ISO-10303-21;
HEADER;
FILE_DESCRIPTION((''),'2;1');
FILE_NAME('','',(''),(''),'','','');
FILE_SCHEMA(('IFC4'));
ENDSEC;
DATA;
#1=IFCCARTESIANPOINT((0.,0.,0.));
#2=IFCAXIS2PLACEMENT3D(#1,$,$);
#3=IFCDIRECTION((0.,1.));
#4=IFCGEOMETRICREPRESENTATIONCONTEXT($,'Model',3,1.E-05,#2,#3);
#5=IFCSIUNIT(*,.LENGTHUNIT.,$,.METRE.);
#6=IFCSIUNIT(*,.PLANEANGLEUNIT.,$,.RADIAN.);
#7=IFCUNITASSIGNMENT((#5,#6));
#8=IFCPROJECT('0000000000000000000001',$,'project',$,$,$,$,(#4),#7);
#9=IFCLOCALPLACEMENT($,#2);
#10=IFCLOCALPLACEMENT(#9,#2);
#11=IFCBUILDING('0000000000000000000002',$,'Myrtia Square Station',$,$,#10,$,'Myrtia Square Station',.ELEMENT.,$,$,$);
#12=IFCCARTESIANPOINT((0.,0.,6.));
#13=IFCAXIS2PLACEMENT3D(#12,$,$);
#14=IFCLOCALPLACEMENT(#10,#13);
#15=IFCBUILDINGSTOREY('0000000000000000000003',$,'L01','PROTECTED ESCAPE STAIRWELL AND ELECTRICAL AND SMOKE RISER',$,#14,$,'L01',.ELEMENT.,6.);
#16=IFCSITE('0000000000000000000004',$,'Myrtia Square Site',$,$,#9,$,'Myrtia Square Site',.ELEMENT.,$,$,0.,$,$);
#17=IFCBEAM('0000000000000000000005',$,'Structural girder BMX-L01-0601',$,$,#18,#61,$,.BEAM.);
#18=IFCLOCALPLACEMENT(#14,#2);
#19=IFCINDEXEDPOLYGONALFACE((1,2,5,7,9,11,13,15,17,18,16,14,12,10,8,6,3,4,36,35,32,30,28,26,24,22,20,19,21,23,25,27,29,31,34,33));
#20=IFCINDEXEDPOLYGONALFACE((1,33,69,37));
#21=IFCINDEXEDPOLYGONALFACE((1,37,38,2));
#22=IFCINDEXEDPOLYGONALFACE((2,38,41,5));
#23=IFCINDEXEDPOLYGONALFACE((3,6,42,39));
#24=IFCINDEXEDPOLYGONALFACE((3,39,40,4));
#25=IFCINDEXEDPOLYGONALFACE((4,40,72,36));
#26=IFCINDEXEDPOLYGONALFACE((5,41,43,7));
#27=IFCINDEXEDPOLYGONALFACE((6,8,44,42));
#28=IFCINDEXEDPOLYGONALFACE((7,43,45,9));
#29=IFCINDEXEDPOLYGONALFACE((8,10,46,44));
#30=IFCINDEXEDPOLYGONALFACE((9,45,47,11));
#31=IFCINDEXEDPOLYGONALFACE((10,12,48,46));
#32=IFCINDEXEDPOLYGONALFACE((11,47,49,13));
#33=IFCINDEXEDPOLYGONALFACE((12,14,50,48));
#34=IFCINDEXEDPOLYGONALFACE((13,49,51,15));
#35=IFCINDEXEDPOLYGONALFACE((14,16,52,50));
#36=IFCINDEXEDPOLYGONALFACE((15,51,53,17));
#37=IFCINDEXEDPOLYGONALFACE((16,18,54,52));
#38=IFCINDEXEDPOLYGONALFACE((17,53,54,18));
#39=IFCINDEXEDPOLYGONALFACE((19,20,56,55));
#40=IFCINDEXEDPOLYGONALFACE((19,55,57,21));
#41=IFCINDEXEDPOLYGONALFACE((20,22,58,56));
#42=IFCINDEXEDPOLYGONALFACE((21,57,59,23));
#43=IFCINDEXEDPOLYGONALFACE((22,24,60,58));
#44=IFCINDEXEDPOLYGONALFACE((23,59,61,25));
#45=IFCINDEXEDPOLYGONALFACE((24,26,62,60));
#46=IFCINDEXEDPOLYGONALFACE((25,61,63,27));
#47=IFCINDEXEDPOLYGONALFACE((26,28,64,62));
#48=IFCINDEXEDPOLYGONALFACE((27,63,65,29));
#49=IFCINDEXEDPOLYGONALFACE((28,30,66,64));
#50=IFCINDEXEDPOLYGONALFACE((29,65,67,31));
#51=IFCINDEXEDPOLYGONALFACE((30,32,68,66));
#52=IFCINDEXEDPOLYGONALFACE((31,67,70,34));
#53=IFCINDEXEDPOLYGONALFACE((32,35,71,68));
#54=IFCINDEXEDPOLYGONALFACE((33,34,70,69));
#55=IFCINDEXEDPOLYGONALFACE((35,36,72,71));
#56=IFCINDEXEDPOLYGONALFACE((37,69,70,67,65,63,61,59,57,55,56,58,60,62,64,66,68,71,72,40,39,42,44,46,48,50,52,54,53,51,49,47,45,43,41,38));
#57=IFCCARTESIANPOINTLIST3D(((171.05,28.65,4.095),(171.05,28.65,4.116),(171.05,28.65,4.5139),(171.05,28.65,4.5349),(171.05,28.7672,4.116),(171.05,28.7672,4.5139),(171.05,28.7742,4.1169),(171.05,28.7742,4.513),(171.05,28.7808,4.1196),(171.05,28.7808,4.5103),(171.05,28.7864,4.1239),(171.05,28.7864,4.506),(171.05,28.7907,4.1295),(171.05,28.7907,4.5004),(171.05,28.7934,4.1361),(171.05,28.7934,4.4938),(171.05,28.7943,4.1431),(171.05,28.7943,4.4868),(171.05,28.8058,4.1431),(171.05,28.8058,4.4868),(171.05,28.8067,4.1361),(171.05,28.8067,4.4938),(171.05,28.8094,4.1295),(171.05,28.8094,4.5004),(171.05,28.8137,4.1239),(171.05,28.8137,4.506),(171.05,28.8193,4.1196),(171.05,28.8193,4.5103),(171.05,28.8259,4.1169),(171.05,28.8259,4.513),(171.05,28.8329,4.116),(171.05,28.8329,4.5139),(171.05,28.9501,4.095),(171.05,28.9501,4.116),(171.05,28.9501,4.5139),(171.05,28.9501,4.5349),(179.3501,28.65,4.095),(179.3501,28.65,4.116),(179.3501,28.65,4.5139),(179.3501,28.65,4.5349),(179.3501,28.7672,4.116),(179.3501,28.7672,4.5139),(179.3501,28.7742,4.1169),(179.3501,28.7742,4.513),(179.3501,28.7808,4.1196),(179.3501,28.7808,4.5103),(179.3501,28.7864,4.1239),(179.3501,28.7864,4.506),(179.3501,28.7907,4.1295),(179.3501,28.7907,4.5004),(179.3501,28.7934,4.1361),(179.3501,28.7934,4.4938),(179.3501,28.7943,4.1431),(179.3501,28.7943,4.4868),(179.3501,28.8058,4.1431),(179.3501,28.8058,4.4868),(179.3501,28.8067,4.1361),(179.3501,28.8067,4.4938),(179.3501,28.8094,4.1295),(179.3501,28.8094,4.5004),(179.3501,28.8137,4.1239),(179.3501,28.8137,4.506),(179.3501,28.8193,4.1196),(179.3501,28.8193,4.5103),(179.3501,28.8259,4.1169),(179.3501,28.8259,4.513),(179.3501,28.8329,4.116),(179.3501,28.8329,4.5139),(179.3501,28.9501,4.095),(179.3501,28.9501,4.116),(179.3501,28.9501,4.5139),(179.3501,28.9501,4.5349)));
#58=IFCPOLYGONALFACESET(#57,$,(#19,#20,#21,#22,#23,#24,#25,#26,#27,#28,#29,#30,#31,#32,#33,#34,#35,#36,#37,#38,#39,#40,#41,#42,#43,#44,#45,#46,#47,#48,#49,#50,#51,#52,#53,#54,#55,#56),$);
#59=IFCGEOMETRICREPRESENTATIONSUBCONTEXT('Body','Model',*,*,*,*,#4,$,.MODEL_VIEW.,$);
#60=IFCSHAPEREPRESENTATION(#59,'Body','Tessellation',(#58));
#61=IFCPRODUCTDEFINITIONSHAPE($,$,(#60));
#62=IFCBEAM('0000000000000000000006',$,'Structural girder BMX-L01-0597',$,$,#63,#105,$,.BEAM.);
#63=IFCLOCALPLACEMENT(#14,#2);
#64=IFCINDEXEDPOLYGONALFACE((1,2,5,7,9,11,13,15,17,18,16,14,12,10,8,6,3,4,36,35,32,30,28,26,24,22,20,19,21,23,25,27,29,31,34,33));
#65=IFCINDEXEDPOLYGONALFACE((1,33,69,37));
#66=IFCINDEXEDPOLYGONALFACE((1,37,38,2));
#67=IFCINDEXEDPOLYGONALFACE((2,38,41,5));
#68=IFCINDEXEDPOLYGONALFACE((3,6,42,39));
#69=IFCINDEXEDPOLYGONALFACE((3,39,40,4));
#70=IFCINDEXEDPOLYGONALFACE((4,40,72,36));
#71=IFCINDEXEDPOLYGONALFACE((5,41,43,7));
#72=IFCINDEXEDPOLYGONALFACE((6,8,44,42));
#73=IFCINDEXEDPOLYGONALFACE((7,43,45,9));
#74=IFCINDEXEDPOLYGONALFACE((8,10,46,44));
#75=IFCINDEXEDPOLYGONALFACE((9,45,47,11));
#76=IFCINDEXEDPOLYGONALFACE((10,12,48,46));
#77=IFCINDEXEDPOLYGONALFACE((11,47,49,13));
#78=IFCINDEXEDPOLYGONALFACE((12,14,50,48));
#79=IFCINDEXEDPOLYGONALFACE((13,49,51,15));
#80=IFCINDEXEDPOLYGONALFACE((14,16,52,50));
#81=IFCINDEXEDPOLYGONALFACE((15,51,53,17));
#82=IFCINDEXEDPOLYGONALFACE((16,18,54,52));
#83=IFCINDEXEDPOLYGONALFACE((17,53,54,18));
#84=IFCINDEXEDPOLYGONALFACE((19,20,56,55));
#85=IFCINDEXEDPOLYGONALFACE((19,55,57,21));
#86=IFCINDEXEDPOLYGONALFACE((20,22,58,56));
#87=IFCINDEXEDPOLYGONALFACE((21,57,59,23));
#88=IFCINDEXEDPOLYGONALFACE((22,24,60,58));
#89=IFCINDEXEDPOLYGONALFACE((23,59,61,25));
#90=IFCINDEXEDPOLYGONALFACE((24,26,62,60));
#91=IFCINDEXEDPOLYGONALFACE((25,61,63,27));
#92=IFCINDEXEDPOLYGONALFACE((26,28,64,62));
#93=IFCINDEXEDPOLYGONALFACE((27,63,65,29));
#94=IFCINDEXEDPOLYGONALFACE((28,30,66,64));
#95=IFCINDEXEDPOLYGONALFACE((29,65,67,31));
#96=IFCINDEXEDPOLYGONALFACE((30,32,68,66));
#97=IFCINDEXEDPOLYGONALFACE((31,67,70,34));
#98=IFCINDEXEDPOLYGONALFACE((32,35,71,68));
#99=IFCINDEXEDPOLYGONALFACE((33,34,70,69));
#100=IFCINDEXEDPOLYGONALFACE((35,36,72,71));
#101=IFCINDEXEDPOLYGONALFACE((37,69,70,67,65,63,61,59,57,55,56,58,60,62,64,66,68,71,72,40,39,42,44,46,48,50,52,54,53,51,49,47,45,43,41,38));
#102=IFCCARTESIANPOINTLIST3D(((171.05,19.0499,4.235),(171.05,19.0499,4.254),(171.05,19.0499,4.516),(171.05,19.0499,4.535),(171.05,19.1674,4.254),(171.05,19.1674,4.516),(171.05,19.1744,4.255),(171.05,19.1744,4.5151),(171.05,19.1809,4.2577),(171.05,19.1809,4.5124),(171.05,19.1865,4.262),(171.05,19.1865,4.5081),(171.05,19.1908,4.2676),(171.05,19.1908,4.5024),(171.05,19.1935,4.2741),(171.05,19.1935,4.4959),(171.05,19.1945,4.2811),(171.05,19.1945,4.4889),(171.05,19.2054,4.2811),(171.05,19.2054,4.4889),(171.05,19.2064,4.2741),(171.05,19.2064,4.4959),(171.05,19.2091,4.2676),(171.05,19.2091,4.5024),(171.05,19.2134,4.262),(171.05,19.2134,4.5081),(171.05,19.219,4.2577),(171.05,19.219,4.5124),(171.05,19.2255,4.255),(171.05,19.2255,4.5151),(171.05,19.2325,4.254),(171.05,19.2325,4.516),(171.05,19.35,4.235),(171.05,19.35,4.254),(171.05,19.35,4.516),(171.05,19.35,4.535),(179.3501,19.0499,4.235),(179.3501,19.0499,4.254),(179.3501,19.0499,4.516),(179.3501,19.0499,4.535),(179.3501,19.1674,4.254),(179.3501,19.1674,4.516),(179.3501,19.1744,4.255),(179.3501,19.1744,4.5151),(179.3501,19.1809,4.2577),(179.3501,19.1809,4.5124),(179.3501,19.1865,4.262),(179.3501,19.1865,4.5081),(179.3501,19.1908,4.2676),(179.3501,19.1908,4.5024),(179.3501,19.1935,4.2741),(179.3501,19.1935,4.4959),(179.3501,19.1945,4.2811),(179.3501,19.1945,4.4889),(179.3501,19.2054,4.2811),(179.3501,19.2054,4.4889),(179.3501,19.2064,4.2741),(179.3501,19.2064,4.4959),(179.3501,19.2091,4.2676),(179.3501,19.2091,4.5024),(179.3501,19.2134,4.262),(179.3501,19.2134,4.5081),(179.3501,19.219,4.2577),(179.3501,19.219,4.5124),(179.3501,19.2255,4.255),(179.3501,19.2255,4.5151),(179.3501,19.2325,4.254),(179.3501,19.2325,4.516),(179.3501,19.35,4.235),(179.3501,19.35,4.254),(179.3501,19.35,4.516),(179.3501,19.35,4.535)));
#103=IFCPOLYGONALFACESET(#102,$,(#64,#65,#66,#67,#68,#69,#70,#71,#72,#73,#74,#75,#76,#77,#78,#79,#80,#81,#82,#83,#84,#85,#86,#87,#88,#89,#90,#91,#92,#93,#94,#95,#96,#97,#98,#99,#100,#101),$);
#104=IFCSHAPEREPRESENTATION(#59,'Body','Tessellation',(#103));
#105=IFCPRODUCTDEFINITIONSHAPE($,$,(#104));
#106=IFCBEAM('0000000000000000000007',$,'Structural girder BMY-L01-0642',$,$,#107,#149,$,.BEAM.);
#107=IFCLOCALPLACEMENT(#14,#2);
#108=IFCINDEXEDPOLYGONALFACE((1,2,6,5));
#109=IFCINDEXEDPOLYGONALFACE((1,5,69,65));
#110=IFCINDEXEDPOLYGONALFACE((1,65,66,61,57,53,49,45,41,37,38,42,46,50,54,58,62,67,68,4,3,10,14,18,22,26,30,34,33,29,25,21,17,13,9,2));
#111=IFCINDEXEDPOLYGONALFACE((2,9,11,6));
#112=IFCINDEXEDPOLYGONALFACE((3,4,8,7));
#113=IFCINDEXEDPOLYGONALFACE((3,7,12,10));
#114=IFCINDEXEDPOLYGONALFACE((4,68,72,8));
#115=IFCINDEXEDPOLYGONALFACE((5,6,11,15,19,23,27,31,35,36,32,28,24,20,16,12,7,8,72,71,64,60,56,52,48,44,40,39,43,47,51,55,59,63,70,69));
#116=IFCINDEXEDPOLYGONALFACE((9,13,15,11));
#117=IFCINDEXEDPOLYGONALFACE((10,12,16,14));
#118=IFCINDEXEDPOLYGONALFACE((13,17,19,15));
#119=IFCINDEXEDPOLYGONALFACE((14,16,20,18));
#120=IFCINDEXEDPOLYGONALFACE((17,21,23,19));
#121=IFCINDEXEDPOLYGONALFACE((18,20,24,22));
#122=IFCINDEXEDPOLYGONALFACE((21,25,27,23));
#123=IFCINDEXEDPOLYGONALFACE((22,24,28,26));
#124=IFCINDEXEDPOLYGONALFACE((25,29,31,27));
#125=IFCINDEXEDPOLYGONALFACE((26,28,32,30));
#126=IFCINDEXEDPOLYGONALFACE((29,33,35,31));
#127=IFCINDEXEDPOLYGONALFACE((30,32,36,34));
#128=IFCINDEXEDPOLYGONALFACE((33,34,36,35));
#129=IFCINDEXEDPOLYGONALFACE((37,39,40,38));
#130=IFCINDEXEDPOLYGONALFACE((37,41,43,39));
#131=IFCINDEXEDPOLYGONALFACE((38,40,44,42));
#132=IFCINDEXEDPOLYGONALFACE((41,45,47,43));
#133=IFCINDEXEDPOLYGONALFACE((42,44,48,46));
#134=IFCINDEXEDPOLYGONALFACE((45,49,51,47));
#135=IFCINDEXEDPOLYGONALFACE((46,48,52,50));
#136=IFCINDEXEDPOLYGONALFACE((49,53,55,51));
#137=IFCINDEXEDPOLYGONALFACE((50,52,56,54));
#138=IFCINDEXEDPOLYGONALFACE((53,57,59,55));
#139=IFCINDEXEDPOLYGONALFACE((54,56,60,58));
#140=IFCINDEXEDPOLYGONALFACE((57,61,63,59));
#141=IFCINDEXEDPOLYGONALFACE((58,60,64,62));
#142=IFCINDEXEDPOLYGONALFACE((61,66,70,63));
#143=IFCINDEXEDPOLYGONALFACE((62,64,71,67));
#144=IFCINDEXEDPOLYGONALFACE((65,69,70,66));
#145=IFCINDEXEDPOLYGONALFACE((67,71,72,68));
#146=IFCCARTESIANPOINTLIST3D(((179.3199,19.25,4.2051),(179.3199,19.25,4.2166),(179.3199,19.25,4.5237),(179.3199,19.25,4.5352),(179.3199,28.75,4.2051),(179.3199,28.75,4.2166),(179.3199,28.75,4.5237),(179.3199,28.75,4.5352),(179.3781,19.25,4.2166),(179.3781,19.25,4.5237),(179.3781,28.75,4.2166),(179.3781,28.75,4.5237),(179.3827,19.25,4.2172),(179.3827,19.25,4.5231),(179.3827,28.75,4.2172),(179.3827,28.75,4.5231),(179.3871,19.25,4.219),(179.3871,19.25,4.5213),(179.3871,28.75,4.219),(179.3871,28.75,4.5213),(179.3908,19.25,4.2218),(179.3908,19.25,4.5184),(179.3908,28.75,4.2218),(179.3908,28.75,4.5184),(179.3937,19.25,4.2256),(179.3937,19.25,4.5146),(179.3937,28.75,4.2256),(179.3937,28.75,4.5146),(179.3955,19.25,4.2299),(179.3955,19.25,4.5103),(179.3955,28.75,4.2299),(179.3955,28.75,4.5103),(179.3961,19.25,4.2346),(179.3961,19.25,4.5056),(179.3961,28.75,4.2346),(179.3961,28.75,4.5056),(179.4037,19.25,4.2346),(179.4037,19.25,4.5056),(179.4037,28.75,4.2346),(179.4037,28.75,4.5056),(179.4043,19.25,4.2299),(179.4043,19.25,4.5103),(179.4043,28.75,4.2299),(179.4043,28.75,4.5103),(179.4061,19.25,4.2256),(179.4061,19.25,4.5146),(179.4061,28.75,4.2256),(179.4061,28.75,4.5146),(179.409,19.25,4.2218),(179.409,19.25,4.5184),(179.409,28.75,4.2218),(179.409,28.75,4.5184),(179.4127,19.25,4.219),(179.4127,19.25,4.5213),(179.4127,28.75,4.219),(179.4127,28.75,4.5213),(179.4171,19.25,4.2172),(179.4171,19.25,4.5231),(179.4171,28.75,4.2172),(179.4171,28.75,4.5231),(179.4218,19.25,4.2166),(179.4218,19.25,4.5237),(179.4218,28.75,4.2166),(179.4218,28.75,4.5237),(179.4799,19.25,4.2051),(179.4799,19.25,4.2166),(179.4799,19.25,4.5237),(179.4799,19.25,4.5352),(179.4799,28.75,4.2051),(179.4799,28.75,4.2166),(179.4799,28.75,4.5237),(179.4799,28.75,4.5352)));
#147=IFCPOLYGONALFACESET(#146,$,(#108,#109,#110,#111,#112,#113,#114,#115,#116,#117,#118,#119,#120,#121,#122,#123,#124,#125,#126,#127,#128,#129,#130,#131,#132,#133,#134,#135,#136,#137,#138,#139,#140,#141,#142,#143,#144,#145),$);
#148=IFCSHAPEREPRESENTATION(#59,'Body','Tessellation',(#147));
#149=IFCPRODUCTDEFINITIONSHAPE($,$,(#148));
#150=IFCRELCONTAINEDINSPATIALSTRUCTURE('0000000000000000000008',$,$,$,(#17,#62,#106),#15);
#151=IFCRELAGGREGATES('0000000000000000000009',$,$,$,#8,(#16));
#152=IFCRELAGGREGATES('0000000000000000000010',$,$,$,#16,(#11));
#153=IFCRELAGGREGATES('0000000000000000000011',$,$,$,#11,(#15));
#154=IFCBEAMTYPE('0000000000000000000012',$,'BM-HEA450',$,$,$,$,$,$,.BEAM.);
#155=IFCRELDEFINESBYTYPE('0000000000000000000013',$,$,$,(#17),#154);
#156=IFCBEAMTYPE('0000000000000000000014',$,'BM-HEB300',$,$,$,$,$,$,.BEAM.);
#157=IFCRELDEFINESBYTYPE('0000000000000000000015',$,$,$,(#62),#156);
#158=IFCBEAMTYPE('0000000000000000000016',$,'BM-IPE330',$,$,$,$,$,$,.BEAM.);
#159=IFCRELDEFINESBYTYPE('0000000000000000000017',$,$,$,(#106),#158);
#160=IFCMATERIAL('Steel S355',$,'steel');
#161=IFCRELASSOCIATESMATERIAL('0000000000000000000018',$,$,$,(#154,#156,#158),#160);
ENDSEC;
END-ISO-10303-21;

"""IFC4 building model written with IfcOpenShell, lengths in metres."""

from ifc_helpers import new_model, si_unit, direction, frame, origin, origin_2d, place, context, subcontext, project, spatial, i_section, extrude, material, material_profile, profile_set, type_object, element, save


model = new_model("IFC4")

# Units and contexts
model_context = context("Model", 3, precision=1e-05, world=origin(), true_north=direction((0.0, 1.0)))
body_context = subcontext(model_context, "Body", "Model", "MODEL_VIEW")
ifc_project = project(units=[si_unit("LENGTHUNIT", "METRE"), si_unit("PLANEANGLEUNIT", "RADIAN")], contexts=[model_context])

# Site, building, storey
site_placement = place(None, origin())
site = spatial("IfcSite", under=ifc_project, at=site_placement, Name="Myrtia Square Site", LongName="Myrtia Square Site", CompositionType="ELEMENT", RefElevation=0.0)
building_placement = place(site_placement, origin())
building = spatial("IfcBuilding", under=site, at=building_placement, Name="Myrtia Square Station", LongName="Myrtia Square Station", CompositionType="ELEMENT")
storey_placement = place(building_placement, frame((0.0, 0.0, 6.0)))
storey = spatial("IfcBuildingStorey", under=building, at=storey_placement, Name="L01", Description="PROTECTED ESCAPE STAIRWELL AND ELECTRICAL AND SMOKE RISER", LongName="L01", CompositionType="ELEMENT", Elevation=6.0)

# Shared definitions
ifc_material_1 = material(Name="Steel S355", Category="steel")

# Beams
ifc_material_profile_1 = material_profile(ifc_material_1, i_section(OverallWidth=0.3, OverallDepth=0.4399, WebThickness=0.0115, FlangeThickness=0.021, FilletRadius=0.0271, at=origin_2d()), Name="HEA 450")
ifc_profile_set_1 = profile_set([ifc_material_profile_1], Name="Steel S355")
beam_type_1 = type_object("IfcBeamType", Name="BM-HEA450", PredefinedType="BEAM", material=ifc_profile_set_1)
beam_1_placement = place(storey_placement, frame((171.05, 28.8, 4.3149), z_axis=(1.0, 0.0, 0.0), x_axis=(0.0, 1.0, 0.0)))
element("IfcBeam", 1, at=beam_1_placement, inside=storey, type_object=beam_type_1, Name="Structural girder BMX-L01-0601", PredefinedType="BEAM", context=body_context, shape_type="SweptSolid", body=[
    extrude(i_section(OverallWidth=0.3, OverallDepth=0.4399, WebThickness=0.0115, FlangeThickness=0.021, FilletRadius=0.0271, at=origin_2d()), origin(), (0.0, 0.0, 1.0), 8.3),
])
ifc_material_profile_2 = material_profile(ifc_material_1, i_section(OverallWidth=0.3, OverallDepth=0.3, WebThickness=0.011, FlangeThickness=0.019, FilletRadius=0.0271, at=origin_2d()), Name="HEB 300")
ifc_profile_set_2 = profile_set([ifc_material_profile_2], Name="Steel S355")
beam_type_2 = type_object("IfcBeamType", Name="BM-HEB300", PredefinedType="BEAM", material=ifc_profile_set_2)
beam_2_placement = place(storey_placement, frame((171.05, 19.2, 4.385), z_axis=(1.0, 0.0, 0.0), x_axis=(0.0, 1.0, 0.0)))
element("IfcBeam", 2, at=beam_2_placement, inside=storey, type_object=beam_type_2, Name="Structural girder BMX-L01-0597", PredefinedType="BEAM", context=body_context, shape_type="SweptSolid", body=[
    extrude(i_section(OverallWidth=0.3, OverallDepth=0.3, WebThickness=0.011, FlangeThickness=0.019, FilletRadius=0.0271, at=origin_2d()), origin(), (0.0, 0.0, 1.0), 8.3),
])
ifc_material_profile_3 = material_profile(ifc_material_1, i_section(OverallWidth=0.1599, OverallDepth=0.3301, WebThickness=0.0076, FlangeThickness=0.0115, FilletRadius=0.0181, at=origin_2d()), Name="IPE 330")
ifc_profile_set_3 = profile_set([ifc_material_profile_3], Name="Steel S355")
beam_type_3 = type_object("IfcBeamType", Name="BM-IPE330", PredefinedType="BEAM", material=ifc_profile_set_3)
beam_3_placement = place(storey_placement, frame((179.3999, 19.25, 4.3701), z_axis=(0.0, 1.0, 0.0), x_axis=(-1.0, 0.0, 0.0)))
element("IfcBeam", 3, at=beam_3_placement, inside=storey, type_object=beam_type_3, Name="Structural girder BMY-L01-0642", PredefinedType="BEAM", context=body_context, shape_type="SweptSolid", body=[
    extrude(i_section(OverallWidth=0.1599, OverallDepth=0.3301, WebThickness=0.0076, FlangeThickness=0.0115, FilletRadius=0.0181, at=origin_2d()), origin(), (0.0, 0.0, 1.0), 9.5),
])

save(model, "model.ifc")
